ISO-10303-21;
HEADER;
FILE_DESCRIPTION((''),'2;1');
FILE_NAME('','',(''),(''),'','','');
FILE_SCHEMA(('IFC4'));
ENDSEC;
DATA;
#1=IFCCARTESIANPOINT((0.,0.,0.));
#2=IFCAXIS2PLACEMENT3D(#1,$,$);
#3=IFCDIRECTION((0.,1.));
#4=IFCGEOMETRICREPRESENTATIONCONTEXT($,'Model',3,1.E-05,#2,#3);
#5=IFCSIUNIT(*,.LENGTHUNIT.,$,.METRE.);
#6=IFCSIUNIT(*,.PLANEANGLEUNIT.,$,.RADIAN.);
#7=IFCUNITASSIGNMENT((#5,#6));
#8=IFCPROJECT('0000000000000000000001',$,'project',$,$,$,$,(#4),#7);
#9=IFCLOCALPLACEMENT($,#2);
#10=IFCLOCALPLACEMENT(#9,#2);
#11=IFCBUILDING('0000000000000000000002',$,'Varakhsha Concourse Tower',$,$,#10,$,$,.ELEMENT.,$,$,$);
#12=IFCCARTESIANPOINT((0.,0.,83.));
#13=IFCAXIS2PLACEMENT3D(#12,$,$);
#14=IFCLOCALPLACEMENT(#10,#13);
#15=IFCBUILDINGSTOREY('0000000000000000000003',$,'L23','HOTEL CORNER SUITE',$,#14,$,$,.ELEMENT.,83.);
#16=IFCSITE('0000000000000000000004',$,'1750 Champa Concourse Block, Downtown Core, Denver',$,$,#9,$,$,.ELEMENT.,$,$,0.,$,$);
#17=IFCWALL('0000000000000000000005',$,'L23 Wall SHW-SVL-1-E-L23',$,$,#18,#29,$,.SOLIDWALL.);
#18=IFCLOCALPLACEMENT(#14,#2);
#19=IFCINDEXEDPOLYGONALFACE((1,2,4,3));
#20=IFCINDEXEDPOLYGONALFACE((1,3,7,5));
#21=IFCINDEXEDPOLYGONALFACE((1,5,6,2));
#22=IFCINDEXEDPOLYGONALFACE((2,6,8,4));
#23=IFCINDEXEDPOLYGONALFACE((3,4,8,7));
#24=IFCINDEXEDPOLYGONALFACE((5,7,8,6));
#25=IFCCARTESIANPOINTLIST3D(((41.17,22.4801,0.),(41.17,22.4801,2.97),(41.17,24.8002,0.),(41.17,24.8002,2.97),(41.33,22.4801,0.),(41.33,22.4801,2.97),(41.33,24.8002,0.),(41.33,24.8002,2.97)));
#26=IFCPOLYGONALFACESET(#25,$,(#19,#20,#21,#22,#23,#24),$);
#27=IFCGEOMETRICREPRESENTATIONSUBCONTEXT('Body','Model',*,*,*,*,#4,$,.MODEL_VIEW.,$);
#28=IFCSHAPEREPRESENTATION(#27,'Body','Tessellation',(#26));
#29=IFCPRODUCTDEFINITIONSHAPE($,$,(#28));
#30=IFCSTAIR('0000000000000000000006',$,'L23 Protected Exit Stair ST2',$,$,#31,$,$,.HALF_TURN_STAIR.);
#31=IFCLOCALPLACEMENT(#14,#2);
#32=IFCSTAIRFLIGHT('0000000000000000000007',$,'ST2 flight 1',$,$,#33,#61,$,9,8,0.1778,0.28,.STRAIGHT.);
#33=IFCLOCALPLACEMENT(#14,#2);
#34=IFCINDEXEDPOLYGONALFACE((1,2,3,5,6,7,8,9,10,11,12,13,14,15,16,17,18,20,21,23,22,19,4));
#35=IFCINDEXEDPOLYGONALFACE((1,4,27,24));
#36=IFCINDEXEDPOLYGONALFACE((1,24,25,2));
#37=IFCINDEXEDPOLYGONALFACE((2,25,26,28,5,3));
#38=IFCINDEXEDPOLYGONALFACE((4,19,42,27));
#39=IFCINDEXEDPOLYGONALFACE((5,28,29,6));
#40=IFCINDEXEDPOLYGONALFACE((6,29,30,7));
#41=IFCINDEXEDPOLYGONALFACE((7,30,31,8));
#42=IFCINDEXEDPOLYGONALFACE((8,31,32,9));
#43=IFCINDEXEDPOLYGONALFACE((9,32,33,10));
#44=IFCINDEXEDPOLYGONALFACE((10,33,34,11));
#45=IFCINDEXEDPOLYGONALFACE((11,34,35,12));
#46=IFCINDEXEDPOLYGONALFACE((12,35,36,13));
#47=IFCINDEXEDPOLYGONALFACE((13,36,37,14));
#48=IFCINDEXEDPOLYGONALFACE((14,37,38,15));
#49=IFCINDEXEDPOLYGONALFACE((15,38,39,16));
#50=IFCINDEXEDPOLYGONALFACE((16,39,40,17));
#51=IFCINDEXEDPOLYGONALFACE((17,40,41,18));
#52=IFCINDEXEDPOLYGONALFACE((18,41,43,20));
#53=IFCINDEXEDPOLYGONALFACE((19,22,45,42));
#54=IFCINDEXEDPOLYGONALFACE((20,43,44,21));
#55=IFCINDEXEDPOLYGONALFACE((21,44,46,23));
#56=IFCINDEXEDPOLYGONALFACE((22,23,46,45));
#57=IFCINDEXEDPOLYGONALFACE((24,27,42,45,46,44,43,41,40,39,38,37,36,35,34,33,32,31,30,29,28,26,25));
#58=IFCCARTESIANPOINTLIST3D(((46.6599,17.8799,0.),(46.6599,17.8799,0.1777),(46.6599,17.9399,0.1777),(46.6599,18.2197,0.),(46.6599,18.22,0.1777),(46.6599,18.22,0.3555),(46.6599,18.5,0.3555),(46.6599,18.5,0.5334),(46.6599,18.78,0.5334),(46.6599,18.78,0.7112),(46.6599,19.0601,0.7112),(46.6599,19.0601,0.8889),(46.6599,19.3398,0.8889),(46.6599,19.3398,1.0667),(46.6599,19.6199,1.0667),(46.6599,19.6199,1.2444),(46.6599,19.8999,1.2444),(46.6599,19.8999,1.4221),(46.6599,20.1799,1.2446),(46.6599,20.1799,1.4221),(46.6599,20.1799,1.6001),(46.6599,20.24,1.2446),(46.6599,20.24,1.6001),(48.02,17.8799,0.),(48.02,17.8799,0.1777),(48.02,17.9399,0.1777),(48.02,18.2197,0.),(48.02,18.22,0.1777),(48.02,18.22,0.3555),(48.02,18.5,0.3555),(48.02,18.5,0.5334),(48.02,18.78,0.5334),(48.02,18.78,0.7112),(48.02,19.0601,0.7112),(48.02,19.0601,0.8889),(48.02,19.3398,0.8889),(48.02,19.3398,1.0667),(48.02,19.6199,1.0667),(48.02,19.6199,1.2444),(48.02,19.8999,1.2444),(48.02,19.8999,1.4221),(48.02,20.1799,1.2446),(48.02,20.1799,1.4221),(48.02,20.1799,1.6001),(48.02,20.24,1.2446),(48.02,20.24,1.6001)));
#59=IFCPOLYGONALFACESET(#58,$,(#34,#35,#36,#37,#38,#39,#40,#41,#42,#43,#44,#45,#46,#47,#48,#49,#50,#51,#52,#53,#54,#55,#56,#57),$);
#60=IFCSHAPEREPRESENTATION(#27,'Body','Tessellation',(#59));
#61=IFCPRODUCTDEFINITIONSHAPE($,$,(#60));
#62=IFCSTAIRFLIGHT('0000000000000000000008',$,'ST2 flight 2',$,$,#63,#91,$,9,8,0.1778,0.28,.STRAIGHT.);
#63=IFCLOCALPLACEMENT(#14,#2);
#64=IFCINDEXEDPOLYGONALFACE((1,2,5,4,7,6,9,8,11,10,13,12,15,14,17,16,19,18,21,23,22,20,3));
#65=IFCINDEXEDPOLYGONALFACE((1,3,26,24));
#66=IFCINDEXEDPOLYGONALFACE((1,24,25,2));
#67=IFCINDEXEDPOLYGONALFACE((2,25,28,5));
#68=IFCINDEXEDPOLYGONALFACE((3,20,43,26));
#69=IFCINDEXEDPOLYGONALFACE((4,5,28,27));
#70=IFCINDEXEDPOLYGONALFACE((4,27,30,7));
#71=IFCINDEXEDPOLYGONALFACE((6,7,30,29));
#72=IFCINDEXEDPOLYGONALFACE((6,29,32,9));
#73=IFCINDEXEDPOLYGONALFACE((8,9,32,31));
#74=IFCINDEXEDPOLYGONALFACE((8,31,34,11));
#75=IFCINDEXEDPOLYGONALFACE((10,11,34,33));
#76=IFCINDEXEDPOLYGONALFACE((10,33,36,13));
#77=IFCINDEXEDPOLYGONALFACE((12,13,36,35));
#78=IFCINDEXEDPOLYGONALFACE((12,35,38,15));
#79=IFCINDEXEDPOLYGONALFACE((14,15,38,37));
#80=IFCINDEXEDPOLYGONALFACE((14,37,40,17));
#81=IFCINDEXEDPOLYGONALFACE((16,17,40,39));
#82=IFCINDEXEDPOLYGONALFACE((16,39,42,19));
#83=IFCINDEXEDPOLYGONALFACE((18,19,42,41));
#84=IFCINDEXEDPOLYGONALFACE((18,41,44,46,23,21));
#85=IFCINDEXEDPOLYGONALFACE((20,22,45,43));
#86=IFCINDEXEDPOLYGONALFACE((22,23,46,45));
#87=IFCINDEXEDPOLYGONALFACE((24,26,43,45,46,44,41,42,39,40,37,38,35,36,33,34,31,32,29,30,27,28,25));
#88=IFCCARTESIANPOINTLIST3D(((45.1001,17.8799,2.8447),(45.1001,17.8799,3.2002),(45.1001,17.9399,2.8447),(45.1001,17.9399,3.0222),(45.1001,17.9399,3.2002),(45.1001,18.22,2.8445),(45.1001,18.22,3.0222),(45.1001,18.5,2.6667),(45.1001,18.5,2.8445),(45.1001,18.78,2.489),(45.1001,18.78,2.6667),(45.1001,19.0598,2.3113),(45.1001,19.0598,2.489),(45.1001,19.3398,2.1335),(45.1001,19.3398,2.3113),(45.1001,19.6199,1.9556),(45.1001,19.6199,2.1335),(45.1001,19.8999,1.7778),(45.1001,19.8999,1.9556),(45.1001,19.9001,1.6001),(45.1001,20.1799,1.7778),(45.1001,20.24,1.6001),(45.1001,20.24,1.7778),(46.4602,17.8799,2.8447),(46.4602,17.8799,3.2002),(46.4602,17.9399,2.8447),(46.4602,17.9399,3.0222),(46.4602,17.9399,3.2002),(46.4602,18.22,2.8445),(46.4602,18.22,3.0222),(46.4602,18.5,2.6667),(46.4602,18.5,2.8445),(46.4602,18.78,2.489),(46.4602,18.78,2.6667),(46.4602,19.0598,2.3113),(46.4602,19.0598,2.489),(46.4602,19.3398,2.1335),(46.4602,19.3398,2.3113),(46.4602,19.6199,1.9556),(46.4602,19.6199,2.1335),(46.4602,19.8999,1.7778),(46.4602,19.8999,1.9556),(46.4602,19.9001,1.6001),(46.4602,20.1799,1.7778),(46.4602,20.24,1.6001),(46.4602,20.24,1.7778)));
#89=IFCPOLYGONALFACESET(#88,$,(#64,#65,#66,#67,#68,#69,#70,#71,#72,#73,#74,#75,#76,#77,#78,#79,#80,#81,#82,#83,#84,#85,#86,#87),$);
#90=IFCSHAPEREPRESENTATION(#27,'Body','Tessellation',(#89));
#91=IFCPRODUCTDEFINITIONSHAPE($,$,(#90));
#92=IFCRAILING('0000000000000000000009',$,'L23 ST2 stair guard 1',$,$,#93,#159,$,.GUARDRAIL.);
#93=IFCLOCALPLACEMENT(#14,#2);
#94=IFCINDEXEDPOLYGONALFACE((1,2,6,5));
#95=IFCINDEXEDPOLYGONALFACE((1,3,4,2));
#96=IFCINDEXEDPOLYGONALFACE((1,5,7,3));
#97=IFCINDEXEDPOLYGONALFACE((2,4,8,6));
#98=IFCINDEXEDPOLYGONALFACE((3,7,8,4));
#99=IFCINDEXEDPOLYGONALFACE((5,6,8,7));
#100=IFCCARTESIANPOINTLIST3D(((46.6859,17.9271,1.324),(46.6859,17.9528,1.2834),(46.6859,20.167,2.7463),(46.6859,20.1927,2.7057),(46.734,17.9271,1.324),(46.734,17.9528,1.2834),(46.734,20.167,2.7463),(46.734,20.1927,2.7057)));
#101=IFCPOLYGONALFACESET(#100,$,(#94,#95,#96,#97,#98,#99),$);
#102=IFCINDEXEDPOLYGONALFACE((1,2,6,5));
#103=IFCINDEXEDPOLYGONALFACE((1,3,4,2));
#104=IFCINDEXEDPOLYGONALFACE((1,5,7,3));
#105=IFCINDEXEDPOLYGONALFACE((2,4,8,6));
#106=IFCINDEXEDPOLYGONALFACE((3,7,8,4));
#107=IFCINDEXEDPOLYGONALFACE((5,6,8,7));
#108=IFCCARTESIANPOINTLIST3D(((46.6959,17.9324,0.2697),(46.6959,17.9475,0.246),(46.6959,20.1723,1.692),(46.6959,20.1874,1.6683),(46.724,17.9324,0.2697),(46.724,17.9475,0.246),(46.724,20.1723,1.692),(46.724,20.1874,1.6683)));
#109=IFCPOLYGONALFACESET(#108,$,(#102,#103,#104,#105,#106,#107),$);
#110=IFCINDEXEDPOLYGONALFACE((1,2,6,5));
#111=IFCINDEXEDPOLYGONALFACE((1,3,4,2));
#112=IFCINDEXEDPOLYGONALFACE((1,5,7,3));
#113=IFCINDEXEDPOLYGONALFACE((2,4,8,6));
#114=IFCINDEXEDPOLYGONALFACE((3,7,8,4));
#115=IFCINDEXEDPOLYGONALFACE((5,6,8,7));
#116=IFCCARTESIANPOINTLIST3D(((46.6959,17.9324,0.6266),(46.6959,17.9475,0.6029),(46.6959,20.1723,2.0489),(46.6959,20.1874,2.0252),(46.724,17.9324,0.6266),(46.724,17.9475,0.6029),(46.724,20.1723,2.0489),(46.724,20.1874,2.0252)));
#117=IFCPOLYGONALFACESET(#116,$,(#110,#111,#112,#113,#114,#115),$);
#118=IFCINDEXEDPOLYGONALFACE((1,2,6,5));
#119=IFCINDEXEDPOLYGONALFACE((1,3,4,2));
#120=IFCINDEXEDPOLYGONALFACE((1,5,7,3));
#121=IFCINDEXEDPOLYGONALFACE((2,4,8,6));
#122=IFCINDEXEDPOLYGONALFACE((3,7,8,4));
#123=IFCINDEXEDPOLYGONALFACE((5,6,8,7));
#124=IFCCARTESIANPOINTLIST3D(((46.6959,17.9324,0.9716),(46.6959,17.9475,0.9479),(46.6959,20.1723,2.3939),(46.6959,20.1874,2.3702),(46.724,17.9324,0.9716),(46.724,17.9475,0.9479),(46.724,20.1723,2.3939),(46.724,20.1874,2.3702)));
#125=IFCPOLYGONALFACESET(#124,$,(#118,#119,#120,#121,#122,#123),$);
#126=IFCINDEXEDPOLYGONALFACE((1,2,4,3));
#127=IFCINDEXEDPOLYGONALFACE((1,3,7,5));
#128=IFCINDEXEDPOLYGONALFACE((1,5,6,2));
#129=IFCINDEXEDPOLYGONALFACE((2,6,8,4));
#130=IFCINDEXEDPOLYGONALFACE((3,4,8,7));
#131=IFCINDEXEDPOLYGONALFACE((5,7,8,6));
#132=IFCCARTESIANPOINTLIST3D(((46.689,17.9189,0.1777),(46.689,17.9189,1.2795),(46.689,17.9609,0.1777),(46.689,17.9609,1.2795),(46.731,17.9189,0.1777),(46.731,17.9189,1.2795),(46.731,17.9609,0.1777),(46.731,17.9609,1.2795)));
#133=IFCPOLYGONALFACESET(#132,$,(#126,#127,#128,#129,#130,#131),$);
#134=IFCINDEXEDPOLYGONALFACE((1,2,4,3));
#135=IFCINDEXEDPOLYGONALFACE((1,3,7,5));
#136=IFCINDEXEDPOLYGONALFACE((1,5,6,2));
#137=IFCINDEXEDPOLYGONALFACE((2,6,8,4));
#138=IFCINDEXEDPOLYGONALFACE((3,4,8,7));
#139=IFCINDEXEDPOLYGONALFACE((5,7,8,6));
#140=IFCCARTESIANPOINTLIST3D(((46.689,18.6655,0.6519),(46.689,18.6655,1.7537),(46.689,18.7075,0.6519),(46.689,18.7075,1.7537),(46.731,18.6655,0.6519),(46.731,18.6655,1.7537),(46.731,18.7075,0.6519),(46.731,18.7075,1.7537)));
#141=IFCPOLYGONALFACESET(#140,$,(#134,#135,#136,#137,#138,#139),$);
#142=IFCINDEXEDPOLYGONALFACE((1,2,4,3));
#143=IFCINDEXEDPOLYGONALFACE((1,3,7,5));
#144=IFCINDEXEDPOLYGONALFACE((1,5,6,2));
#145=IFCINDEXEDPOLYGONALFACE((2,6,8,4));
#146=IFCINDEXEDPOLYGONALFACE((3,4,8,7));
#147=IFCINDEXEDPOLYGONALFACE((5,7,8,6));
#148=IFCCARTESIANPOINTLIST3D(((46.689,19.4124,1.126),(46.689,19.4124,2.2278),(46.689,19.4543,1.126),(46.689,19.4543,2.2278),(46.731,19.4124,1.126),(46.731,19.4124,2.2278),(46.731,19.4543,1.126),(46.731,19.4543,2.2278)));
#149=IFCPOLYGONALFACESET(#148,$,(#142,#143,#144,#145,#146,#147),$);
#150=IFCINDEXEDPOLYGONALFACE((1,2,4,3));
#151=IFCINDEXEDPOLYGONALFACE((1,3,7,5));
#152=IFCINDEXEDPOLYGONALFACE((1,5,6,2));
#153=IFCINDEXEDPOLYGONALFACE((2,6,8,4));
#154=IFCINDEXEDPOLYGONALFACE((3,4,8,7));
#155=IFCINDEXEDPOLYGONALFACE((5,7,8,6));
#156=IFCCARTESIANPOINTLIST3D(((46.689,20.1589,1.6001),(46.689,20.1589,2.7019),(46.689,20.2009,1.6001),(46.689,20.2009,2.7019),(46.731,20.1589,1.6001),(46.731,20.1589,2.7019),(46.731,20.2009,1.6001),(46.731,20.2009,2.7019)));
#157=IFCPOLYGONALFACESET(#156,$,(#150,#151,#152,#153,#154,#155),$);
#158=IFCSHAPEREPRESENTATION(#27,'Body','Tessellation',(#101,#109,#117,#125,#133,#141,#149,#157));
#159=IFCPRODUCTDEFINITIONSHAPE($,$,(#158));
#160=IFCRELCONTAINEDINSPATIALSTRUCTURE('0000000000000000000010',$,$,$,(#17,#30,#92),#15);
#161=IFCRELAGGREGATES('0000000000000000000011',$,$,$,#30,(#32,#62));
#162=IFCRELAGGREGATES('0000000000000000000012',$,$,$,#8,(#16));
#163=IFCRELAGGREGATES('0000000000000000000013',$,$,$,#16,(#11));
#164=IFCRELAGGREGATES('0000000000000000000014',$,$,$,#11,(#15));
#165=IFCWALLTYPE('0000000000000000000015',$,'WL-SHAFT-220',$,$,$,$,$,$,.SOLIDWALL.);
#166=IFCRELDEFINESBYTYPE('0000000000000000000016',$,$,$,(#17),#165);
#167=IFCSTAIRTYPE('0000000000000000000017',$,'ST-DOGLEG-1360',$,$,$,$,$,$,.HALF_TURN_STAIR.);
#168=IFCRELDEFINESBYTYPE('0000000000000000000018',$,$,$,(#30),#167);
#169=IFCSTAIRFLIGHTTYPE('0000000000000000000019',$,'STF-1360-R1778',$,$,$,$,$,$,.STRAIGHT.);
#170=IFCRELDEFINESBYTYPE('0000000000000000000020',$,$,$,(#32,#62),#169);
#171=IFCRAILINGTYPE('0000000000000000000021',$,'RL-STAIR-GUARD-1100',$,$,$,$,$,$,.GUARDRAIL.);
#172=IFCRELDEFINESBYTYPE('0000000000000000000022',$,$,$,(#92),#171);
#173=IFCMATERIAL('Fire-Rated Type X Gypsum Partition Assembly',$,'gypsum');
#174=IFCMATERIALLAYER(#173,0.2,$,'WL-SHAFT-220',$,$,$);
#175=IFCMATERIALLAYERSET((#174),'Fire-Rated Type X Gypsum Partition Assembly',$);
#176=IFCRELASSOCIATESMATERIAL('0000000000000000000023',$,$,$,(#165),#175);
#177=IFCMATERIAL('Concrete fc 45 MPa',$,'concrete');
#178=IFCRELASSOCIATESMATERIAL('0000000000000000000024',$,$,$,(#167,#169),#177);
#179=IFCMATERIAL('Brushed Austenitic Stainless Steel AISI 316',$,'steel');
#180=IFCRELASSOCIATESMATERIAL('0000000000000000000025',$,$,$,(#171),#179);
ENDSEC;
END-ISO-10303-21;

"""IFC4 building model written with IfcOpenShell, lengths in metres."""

from ifc_helpers import new_model, si_unit, direction, frame, frame_2d, origin, origin_2d, place, context, subcontext, project, spatial, polyline, rectangle, outline, extrude, material, layer, layer_set, type_object, element, aggregate, save


model = new_model("IFC4")

# Units and contexts
model_context = context("Model", 3, precision=1e-05, world=origin(), true_north=direction((0.0, 1.0)))
body_context = subcontext(model_context, "Body", "Model", "MODEL_VIEW")
ifc_project = project(units=[si_unit("LENGTHUNIT", "METRE"), si_unit("PLANEANGLEUNIT", "RADIAN")], contexts=[model_context])

# Site, building, storey
site_placement = place(None, origin())
site = spatial("IfcSite", under=ifc_project, at=site_placement, Name="1750 Champa Concourse Block, Downtown Core, Denver", CompositionType="ELEMENT", RefElevation=0.0)
building_placement = place(site_placement, origin())
building = spatial("IfcBuilding", under=site, at=building_placement, Name="Varakhsha Concourse Tower", CompositionType="ELEMENT")
storey_placement = place(building_placement, frame((0.0, 0.0, 83.0)))
storey = spatial("IfcBuildingStorey", under=building, at=storey_placement, Name="L23", Description="HOTEL CORNER SUITE", CompositionType="ELEMENT", Elevation=83.0)

# Wall
ifc_material_1 = material(Name="Fire-Rated Type X Gypsum Partition Assembly", Category="gypsum")
ifc_layer_1 = layer(ifc_material_1, 0.2, Name="WL-SHAFT-220")
ifc_layer_set_1 = layer_set([ifc_layer_1], Name="Fire-Rated Type X Gypsum Partition Assembly")
wall_type_1 = type_object("IfcWallType", Name="WL-SHAFT-220", PredefinedType="SOLIDWALL", material=ifc_layer_set_1)
for number, where, z_axis, x_axis, name in (
    (1, (41.25, 22.48, 0.0), (0.0, 0.0, 1.0), (0.0, 1.0, 0.0), "L23 Wall SHW-SVL-1-E-L23"),
):
    element("IfcWall", number, at=place(storey_placement, frame(where, z_axis=z_axis, x_axis=x_axis)), inside=storey, type_object=wall_type_1, Name=name, PredefinedType="SOLIDWALL", context=body_context, shape_type="SweptSolid", body=[
        extrude(rectangle(XDim=2.3201, YDim=0.1599, at=frame_2d((1.1602, 0.0))), origin(), (0.0, 0.0, 1.0), 2.97),
    ])

# Stair, stair flights
ifc_material_2 = material(Name="Concrete fc 45 MPa", Category="concrete")
stair_type = type_object("IfcStairType", Name="ST-DOGLEG-1360", PredefinedType="HALF_TURN_STAIR", material=ifc_material_2)
stair_placement = place(storey_placement, origin())
stair = element("IfcStair", 2, at=stair_placement, inside=storey, type_object=stair_type, Name="L23 Protected Exit Stair ST2", PredefinedType="HALF_TURN_STAIR")
stair_flight_type = type_object("IfcStairFlightType", Name="STF-1360-R1778", PredefinedType="STRAIGHT", material=ifc_material_2)
stair_flight_1_placement = place(storey_placement, frame((47.3401, 17.9399, 0.0), z_axis=(0.0, 0.0, 1.0), x_axis=(0.0, 1.0, 0.0)))
stair_flight_1 = element("IfcStairFlight", 3, at=stair_flight_1_placement, type_object=stair_flight_type, Name="ST2 flight 1", NumberOfRisers=9, NumberOfTreads=8, PredefinedType="STRAIGHT", RiserHeight=0.1778, TreadLength=0.28, context=body_context, shape_type="SweptSolid", body=[
    extrude(outline(polyline([(-0.0601, 0.0), (-0.0601, 0.1777), (0.0, 0.1777), (0.28, 0.1777), (0.28, 0.3555), (0.5601, 0.3555), (0.5601, 0.5334), (0.8401, 0.5334), (0.8401, 0.7112), (1.1201, 0.7112), (1.1201, 0.8889), (1.3999, 0.8889), (1.3999, 1.0667), (1.6799, 1.0667), (1.6799, 1.2444), (1.96, 1.2444), (1.96, 1.4221), (2.24, 1.4221), (2.24, 1.6001), (2.3, 1.6001), (2.3, 1.2446), (2.24, 1.2446), (0.2798, 0.0), (-0.0601, 0.0)])), frame((0.0, 0.6802, 0.0), z_axis=(0.0, -1.0, 0.0), x_axis=(1.0, 0.0, 0.0)), (0.0, 0.0, 1.0), 1.3601),
])
stair_flight_2_placement = place(storey_placement, frame((45.78, 20.1799, 1.6001), z_axis=(0.0, 0.0, 1.0), x_axis=(0.0, -1.0, 0.0)))
stair_flight_2 = element("IfcStairFlight", 4, at=stair_flight_2_placement, type_object=stair_flight_type, Name="ST2 flight 2", NumberOfRisers=9, NumberOfTreads=8, PredefinedType="STRAIGHT", RiserHeight=0.1778, TreadLength=0.28, context=body_context, shape_type="SweptSolid", body=[
    extrude(outline(polyline([(-0.0601, 0.0), (-0.0601, 0.1777), (0.0, 0.1777), (0.28, 0.1777), (0.28, 0.3555), (0.5601, 0.3555), (0.5601, 0.5334), (0.8401, 0.5334), (0.8401, 0.7112), (1.1201, 0.7112), (1.1201, 0.8889), (1.3999, 0.8889), (1.3999, 1.0667), (1.6799, 1.0667), (1.6799, 1.2444), (1.96, 1.2444), (1.96, 1.4221), (2.24, 1.4221), (2.24, 1.6001), (2.3, 1.6001), (2.3, 1.2446), (2.24, 1.2446), (0.2798, 0.0), (-0.0601, 0.0)])), frame((0.0, 0.6802, 0.0), z_axis=(0.0, -1.0, 0.0), x_axis=(1.0, 0.0, 0.0)), (0.0, 0.0, 1.0), 1.3601),
])
aggregate(stair, [stair_flight_1, stair_flight_2])

# Railing
ifc_material_3 = material(Name="Brushed Austenitic Stainless Steel AISI 316", Category="steel")
railing_type_1 = type_object("IfcRailingType", Name="RL-STAIR-GUARD-1100", PredefinedType="GUARDRAIL", material=ifc_material_3)
railing_1_placement = place(storey_placement, frame((46.71, 17.9399, 0.1777)))
element("IfcRailing", 5, at=railing_1_placement, inside=storey, type_object=railing_type_1, Name="L23 ST2 stair guard 1", PredefinedType="GUARDRAIL", context=body_context, shape_type="SweptSolid", body=[
    extrude(rectangle(XDim=0.0481, YDim=0.0481, at=origin_2d()), frame((0.0, 0.0, 1.126), z_axis=(0.0, 0.844188, 0.536048), x_axis=(-1.0, 0.0, 0.0)), (0.0, 0.0, 1.0), 2.6533),
    extrude(rectangle(XDim=0.0281, YDim=0.0281, at=origin_2d()), frame((0.0, 0.0, 0.0801), z_axis=(0.0, 0.844188, 0.536048), x_axis=(-1.0, 0.0, 0.0)), (0.0, 0.0, 1.0), 2.6533),
    extrude(rectangle(XDim=0.0281, YDim=0.0281, at=origin_2d()), frame((0.0, 0.0, 0.437), z_axis=(0.0, 0.844188, 0.536048), x_axis=(-1.0, 0.0, 0.0)), (0.0, 0.0, 1.0), 2.6533),
    extrude(rectangle(XDim=0.0281, YDim=0.0281, at=origin_2d()), frame((0.0, 0.0, 0.782), z_axis=(0.0, 0.844188, 0.536048), x_axis=(-1.0, 0.0, 0.0)), (0.0, 0.0, 1.0), 2.6533),
    extrude(rectangle(XDim=0.042, YDim=0.042, at=origin_2d()), origin(), (0.0, 0.0, 1.0), 1.1018),
    extrude(rectangle(XDim=0.042, YDim=0.042, at=origin_2d()), frame((0.0, 0.7466, 0.4741)), (0.0, 0.0, 1.0), 1.1018),
    extrude(rectangle(XDim=0.042, YDim=0.042, at=origin_2d()), frame((0.0, 1.4934, 0.9482)), (0.0, 0.0, 1.0), 1.1018),
    extrude(rectangle(XDim=0.042, YDim=0.042, at=origin_2d()), frame((0.0, 2.24, 1.4224)), (0.0, 0.0, 1.0), 1.1018),
])

save(model, "model.ifc")
